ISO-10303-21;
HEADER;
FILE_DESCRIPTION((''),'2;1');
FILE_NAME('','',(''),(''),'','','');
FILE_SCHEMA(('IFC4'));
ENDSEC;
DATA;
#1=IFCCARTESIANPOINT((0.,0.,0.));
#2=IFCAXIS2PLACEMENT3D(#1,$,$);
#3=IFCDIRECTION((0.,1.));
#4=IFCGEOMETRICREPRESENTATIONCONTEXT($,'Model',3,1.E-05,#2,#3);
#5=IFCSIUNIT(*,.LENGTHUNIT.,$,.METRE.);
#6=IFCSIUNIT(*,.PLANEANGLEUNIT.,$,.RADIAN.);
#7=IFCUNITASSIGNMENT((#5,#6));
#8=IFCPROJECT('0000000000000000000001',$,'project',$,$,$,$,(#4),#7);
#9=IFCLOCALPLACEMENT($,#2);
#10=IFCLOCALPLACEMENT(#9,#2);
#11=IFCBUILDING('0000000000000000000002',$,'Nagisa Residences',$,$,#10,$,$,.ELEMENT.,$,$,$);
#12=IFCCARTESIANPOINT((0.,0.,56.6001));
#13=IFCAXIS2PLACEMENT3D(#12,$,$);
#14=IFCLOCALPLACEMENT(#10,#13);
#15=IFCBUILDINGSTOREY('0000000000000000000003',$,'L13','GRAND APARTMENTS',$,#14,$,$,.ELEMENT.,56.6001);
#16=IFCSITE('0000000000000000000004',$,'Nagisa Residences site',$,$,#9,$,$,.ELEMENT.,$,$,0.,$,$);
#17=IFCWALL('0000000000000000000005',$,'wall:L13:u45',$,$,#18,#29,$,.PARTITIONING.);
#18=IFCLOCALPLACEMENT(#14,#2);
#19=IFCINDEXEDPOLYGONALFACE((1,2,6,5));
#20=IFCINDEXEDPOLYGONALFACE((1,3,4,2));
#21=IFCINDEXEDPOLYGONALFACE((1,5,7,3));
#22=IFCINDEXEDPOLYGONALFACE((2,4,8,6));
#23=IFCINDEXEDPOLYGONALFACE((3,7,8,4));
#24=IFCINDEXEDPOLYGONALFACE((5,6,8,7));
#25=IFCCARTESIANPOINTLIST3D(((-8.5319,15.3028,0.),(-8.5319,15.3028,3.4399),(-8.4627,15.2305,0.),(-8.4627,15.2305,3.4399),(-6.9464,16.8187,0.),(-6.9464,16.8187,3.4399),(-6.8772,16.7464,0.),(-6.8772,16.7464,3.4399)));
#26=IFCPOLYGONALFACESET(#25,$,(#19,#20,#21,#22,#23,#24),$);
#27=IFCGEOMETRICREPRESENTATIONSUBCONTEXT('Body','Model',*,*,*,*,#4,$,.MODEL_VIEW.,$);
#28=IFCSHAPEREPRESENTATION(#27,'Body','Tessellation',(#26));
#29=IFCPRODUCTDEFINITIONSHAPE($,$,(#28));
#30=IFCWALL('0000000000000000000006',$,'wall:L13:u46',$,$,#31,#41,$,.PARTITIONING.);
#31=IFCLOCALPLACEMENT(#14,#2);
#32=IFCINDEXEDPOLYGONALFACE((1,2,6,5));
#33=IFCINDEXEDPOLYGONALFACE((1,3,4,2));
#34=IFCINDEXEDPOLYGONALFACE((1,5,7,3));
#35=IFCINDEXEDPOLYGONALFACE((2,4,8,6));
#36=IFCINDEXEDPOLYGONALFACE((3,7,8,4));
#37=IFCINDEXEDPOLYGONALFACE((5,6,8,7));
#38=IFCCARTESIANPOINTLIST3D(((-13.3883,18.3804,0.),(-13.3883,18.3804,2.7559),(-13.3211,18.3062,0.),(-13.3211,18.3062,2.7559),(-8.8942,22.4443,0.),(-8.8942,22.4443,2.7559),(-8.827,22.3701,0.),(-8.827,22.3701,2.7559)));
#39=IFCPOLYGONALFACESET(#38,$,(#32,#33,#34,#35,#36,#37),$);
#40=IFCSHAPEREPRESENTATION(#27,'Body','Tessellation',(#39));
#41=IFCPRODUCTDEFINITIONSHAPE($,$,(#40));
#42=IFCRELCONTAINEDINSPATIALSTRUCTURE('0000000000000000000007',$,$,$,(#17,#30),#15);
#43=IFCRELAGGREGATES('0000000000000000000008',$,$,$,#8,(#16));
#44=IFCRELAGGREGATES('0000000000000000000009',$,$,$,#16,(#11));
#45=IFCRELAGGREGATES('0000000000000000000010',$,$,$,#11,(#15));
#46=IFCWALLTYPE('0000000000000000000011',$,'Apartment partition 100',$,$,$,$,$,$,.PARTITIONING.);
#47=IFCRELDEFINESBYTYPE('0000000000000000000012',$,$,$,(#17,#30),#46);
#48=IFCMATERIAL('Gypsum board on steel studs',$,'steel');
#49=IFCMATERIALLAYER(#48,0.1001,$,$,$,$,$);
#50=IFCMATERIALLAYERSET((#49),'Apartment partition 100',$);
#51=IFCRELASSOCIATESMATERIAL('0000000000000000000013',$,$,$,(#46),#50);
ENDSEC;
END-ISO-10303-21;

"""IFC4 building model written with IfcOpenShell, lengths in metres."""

from ifc_helpers import new_model, si_unit, direction, frame, frame_2d, origin, place, context, subcontext, project, spatial, rectangle, extrude, material, layer, layer_set, type_object, element, save


model = new_model("IFC4")

# Units and contexts
model_context = context("Model", 3, precision=1e-05, world=origin(), true_north=direction((0.0, 1.0)))
body_context = subcontext(model_context, "Body", "Model", "MODEL_VIEW")
ifc_project = project(units=[si_unit("LENGTHUNIT", "METRE"), si_unit("PLANEANGLEUNIT", "RADIAN")], contexts=[model_context])

# Site, building, storey
site_placement = place(None, origin())
site = spatial("IfcSite", under=ifc_project, at=site_placement, Name="Nagisa Residences site", CompositionType="ELEMENT", RefElevation=0.0)
building_placement = place(site_placement, origin())
building = spatial("IfcBuilding", under=site, at=building_placement, Name="Nagisa Residences", CompositionType="ELEMENT")
storey_placement = place(building_placement, frame((0.0, 0.0, 56.6001)))
storey = spatial("IfcBuildingStorey", under=building, at=storey_placement, Name="L13", Description="GRAND APARTMENTS", CompositionType="ELEMENT", Elevation=56.6001)

# Shared definitions
ifc_material_1 = material(Name="Gypsum board on steel studs", Category="steel")
ifc_layer_1 = layer(ifc_material_1, 0.1001)
ifc_layer_set_1 = layer_set([ifc_layer_1], Name="Apartment partition 100")
wall_type_1 = type_object("IfcWallType", Name="Apartment partition 100", PredefinedType="PARTITIONING", material=ifc_layer_set_1)

# Walls
wall_1_placement = place(storey_placement, frame((-6.9119, 16.7825, 0.0), z_axis=(0.0, 0.0, 1.0), x_axis=(-0.722789, -0.691068, 0.0)))
element("IfcWall", 1, at=wall_1_placement, inside=storey, type_object=wall_type_1, Name="wall:L13:u45", PredefinedType="PARTITIONING", context=body_context, shape_type="SweptSolid", body=[
    extrude(rectangle(XDim=2.1936, YDim=0.1001, at=frame_2d((1.0967, 0.0))), origin(), (0.0, 0.0, 1.0), 3.4399),
])
wall_2_placement = place(storey_placement, frame((-8.8606, 22.4072, 0.0), z_axis=(0.0, 0.0, 1.0), x_axis=(-0.741713, -0.670717, 0.0)))
element("IfcWall", 2, at=wall_2_placement, inside=storey, type_object=wall_type_1, Name="wall:L13:u46", PredefinedType="PARTITIONING", context=body_context, shape_type="SweptSolid", body=[
    extrude(rectangle(XDim=6.0591, YDim=0.1001, at=frame_2d((3.0295, 0.0))), origin(), (0.0, 0.0, 1.0), 2.7559),
])

save(model, "model.ifc")
